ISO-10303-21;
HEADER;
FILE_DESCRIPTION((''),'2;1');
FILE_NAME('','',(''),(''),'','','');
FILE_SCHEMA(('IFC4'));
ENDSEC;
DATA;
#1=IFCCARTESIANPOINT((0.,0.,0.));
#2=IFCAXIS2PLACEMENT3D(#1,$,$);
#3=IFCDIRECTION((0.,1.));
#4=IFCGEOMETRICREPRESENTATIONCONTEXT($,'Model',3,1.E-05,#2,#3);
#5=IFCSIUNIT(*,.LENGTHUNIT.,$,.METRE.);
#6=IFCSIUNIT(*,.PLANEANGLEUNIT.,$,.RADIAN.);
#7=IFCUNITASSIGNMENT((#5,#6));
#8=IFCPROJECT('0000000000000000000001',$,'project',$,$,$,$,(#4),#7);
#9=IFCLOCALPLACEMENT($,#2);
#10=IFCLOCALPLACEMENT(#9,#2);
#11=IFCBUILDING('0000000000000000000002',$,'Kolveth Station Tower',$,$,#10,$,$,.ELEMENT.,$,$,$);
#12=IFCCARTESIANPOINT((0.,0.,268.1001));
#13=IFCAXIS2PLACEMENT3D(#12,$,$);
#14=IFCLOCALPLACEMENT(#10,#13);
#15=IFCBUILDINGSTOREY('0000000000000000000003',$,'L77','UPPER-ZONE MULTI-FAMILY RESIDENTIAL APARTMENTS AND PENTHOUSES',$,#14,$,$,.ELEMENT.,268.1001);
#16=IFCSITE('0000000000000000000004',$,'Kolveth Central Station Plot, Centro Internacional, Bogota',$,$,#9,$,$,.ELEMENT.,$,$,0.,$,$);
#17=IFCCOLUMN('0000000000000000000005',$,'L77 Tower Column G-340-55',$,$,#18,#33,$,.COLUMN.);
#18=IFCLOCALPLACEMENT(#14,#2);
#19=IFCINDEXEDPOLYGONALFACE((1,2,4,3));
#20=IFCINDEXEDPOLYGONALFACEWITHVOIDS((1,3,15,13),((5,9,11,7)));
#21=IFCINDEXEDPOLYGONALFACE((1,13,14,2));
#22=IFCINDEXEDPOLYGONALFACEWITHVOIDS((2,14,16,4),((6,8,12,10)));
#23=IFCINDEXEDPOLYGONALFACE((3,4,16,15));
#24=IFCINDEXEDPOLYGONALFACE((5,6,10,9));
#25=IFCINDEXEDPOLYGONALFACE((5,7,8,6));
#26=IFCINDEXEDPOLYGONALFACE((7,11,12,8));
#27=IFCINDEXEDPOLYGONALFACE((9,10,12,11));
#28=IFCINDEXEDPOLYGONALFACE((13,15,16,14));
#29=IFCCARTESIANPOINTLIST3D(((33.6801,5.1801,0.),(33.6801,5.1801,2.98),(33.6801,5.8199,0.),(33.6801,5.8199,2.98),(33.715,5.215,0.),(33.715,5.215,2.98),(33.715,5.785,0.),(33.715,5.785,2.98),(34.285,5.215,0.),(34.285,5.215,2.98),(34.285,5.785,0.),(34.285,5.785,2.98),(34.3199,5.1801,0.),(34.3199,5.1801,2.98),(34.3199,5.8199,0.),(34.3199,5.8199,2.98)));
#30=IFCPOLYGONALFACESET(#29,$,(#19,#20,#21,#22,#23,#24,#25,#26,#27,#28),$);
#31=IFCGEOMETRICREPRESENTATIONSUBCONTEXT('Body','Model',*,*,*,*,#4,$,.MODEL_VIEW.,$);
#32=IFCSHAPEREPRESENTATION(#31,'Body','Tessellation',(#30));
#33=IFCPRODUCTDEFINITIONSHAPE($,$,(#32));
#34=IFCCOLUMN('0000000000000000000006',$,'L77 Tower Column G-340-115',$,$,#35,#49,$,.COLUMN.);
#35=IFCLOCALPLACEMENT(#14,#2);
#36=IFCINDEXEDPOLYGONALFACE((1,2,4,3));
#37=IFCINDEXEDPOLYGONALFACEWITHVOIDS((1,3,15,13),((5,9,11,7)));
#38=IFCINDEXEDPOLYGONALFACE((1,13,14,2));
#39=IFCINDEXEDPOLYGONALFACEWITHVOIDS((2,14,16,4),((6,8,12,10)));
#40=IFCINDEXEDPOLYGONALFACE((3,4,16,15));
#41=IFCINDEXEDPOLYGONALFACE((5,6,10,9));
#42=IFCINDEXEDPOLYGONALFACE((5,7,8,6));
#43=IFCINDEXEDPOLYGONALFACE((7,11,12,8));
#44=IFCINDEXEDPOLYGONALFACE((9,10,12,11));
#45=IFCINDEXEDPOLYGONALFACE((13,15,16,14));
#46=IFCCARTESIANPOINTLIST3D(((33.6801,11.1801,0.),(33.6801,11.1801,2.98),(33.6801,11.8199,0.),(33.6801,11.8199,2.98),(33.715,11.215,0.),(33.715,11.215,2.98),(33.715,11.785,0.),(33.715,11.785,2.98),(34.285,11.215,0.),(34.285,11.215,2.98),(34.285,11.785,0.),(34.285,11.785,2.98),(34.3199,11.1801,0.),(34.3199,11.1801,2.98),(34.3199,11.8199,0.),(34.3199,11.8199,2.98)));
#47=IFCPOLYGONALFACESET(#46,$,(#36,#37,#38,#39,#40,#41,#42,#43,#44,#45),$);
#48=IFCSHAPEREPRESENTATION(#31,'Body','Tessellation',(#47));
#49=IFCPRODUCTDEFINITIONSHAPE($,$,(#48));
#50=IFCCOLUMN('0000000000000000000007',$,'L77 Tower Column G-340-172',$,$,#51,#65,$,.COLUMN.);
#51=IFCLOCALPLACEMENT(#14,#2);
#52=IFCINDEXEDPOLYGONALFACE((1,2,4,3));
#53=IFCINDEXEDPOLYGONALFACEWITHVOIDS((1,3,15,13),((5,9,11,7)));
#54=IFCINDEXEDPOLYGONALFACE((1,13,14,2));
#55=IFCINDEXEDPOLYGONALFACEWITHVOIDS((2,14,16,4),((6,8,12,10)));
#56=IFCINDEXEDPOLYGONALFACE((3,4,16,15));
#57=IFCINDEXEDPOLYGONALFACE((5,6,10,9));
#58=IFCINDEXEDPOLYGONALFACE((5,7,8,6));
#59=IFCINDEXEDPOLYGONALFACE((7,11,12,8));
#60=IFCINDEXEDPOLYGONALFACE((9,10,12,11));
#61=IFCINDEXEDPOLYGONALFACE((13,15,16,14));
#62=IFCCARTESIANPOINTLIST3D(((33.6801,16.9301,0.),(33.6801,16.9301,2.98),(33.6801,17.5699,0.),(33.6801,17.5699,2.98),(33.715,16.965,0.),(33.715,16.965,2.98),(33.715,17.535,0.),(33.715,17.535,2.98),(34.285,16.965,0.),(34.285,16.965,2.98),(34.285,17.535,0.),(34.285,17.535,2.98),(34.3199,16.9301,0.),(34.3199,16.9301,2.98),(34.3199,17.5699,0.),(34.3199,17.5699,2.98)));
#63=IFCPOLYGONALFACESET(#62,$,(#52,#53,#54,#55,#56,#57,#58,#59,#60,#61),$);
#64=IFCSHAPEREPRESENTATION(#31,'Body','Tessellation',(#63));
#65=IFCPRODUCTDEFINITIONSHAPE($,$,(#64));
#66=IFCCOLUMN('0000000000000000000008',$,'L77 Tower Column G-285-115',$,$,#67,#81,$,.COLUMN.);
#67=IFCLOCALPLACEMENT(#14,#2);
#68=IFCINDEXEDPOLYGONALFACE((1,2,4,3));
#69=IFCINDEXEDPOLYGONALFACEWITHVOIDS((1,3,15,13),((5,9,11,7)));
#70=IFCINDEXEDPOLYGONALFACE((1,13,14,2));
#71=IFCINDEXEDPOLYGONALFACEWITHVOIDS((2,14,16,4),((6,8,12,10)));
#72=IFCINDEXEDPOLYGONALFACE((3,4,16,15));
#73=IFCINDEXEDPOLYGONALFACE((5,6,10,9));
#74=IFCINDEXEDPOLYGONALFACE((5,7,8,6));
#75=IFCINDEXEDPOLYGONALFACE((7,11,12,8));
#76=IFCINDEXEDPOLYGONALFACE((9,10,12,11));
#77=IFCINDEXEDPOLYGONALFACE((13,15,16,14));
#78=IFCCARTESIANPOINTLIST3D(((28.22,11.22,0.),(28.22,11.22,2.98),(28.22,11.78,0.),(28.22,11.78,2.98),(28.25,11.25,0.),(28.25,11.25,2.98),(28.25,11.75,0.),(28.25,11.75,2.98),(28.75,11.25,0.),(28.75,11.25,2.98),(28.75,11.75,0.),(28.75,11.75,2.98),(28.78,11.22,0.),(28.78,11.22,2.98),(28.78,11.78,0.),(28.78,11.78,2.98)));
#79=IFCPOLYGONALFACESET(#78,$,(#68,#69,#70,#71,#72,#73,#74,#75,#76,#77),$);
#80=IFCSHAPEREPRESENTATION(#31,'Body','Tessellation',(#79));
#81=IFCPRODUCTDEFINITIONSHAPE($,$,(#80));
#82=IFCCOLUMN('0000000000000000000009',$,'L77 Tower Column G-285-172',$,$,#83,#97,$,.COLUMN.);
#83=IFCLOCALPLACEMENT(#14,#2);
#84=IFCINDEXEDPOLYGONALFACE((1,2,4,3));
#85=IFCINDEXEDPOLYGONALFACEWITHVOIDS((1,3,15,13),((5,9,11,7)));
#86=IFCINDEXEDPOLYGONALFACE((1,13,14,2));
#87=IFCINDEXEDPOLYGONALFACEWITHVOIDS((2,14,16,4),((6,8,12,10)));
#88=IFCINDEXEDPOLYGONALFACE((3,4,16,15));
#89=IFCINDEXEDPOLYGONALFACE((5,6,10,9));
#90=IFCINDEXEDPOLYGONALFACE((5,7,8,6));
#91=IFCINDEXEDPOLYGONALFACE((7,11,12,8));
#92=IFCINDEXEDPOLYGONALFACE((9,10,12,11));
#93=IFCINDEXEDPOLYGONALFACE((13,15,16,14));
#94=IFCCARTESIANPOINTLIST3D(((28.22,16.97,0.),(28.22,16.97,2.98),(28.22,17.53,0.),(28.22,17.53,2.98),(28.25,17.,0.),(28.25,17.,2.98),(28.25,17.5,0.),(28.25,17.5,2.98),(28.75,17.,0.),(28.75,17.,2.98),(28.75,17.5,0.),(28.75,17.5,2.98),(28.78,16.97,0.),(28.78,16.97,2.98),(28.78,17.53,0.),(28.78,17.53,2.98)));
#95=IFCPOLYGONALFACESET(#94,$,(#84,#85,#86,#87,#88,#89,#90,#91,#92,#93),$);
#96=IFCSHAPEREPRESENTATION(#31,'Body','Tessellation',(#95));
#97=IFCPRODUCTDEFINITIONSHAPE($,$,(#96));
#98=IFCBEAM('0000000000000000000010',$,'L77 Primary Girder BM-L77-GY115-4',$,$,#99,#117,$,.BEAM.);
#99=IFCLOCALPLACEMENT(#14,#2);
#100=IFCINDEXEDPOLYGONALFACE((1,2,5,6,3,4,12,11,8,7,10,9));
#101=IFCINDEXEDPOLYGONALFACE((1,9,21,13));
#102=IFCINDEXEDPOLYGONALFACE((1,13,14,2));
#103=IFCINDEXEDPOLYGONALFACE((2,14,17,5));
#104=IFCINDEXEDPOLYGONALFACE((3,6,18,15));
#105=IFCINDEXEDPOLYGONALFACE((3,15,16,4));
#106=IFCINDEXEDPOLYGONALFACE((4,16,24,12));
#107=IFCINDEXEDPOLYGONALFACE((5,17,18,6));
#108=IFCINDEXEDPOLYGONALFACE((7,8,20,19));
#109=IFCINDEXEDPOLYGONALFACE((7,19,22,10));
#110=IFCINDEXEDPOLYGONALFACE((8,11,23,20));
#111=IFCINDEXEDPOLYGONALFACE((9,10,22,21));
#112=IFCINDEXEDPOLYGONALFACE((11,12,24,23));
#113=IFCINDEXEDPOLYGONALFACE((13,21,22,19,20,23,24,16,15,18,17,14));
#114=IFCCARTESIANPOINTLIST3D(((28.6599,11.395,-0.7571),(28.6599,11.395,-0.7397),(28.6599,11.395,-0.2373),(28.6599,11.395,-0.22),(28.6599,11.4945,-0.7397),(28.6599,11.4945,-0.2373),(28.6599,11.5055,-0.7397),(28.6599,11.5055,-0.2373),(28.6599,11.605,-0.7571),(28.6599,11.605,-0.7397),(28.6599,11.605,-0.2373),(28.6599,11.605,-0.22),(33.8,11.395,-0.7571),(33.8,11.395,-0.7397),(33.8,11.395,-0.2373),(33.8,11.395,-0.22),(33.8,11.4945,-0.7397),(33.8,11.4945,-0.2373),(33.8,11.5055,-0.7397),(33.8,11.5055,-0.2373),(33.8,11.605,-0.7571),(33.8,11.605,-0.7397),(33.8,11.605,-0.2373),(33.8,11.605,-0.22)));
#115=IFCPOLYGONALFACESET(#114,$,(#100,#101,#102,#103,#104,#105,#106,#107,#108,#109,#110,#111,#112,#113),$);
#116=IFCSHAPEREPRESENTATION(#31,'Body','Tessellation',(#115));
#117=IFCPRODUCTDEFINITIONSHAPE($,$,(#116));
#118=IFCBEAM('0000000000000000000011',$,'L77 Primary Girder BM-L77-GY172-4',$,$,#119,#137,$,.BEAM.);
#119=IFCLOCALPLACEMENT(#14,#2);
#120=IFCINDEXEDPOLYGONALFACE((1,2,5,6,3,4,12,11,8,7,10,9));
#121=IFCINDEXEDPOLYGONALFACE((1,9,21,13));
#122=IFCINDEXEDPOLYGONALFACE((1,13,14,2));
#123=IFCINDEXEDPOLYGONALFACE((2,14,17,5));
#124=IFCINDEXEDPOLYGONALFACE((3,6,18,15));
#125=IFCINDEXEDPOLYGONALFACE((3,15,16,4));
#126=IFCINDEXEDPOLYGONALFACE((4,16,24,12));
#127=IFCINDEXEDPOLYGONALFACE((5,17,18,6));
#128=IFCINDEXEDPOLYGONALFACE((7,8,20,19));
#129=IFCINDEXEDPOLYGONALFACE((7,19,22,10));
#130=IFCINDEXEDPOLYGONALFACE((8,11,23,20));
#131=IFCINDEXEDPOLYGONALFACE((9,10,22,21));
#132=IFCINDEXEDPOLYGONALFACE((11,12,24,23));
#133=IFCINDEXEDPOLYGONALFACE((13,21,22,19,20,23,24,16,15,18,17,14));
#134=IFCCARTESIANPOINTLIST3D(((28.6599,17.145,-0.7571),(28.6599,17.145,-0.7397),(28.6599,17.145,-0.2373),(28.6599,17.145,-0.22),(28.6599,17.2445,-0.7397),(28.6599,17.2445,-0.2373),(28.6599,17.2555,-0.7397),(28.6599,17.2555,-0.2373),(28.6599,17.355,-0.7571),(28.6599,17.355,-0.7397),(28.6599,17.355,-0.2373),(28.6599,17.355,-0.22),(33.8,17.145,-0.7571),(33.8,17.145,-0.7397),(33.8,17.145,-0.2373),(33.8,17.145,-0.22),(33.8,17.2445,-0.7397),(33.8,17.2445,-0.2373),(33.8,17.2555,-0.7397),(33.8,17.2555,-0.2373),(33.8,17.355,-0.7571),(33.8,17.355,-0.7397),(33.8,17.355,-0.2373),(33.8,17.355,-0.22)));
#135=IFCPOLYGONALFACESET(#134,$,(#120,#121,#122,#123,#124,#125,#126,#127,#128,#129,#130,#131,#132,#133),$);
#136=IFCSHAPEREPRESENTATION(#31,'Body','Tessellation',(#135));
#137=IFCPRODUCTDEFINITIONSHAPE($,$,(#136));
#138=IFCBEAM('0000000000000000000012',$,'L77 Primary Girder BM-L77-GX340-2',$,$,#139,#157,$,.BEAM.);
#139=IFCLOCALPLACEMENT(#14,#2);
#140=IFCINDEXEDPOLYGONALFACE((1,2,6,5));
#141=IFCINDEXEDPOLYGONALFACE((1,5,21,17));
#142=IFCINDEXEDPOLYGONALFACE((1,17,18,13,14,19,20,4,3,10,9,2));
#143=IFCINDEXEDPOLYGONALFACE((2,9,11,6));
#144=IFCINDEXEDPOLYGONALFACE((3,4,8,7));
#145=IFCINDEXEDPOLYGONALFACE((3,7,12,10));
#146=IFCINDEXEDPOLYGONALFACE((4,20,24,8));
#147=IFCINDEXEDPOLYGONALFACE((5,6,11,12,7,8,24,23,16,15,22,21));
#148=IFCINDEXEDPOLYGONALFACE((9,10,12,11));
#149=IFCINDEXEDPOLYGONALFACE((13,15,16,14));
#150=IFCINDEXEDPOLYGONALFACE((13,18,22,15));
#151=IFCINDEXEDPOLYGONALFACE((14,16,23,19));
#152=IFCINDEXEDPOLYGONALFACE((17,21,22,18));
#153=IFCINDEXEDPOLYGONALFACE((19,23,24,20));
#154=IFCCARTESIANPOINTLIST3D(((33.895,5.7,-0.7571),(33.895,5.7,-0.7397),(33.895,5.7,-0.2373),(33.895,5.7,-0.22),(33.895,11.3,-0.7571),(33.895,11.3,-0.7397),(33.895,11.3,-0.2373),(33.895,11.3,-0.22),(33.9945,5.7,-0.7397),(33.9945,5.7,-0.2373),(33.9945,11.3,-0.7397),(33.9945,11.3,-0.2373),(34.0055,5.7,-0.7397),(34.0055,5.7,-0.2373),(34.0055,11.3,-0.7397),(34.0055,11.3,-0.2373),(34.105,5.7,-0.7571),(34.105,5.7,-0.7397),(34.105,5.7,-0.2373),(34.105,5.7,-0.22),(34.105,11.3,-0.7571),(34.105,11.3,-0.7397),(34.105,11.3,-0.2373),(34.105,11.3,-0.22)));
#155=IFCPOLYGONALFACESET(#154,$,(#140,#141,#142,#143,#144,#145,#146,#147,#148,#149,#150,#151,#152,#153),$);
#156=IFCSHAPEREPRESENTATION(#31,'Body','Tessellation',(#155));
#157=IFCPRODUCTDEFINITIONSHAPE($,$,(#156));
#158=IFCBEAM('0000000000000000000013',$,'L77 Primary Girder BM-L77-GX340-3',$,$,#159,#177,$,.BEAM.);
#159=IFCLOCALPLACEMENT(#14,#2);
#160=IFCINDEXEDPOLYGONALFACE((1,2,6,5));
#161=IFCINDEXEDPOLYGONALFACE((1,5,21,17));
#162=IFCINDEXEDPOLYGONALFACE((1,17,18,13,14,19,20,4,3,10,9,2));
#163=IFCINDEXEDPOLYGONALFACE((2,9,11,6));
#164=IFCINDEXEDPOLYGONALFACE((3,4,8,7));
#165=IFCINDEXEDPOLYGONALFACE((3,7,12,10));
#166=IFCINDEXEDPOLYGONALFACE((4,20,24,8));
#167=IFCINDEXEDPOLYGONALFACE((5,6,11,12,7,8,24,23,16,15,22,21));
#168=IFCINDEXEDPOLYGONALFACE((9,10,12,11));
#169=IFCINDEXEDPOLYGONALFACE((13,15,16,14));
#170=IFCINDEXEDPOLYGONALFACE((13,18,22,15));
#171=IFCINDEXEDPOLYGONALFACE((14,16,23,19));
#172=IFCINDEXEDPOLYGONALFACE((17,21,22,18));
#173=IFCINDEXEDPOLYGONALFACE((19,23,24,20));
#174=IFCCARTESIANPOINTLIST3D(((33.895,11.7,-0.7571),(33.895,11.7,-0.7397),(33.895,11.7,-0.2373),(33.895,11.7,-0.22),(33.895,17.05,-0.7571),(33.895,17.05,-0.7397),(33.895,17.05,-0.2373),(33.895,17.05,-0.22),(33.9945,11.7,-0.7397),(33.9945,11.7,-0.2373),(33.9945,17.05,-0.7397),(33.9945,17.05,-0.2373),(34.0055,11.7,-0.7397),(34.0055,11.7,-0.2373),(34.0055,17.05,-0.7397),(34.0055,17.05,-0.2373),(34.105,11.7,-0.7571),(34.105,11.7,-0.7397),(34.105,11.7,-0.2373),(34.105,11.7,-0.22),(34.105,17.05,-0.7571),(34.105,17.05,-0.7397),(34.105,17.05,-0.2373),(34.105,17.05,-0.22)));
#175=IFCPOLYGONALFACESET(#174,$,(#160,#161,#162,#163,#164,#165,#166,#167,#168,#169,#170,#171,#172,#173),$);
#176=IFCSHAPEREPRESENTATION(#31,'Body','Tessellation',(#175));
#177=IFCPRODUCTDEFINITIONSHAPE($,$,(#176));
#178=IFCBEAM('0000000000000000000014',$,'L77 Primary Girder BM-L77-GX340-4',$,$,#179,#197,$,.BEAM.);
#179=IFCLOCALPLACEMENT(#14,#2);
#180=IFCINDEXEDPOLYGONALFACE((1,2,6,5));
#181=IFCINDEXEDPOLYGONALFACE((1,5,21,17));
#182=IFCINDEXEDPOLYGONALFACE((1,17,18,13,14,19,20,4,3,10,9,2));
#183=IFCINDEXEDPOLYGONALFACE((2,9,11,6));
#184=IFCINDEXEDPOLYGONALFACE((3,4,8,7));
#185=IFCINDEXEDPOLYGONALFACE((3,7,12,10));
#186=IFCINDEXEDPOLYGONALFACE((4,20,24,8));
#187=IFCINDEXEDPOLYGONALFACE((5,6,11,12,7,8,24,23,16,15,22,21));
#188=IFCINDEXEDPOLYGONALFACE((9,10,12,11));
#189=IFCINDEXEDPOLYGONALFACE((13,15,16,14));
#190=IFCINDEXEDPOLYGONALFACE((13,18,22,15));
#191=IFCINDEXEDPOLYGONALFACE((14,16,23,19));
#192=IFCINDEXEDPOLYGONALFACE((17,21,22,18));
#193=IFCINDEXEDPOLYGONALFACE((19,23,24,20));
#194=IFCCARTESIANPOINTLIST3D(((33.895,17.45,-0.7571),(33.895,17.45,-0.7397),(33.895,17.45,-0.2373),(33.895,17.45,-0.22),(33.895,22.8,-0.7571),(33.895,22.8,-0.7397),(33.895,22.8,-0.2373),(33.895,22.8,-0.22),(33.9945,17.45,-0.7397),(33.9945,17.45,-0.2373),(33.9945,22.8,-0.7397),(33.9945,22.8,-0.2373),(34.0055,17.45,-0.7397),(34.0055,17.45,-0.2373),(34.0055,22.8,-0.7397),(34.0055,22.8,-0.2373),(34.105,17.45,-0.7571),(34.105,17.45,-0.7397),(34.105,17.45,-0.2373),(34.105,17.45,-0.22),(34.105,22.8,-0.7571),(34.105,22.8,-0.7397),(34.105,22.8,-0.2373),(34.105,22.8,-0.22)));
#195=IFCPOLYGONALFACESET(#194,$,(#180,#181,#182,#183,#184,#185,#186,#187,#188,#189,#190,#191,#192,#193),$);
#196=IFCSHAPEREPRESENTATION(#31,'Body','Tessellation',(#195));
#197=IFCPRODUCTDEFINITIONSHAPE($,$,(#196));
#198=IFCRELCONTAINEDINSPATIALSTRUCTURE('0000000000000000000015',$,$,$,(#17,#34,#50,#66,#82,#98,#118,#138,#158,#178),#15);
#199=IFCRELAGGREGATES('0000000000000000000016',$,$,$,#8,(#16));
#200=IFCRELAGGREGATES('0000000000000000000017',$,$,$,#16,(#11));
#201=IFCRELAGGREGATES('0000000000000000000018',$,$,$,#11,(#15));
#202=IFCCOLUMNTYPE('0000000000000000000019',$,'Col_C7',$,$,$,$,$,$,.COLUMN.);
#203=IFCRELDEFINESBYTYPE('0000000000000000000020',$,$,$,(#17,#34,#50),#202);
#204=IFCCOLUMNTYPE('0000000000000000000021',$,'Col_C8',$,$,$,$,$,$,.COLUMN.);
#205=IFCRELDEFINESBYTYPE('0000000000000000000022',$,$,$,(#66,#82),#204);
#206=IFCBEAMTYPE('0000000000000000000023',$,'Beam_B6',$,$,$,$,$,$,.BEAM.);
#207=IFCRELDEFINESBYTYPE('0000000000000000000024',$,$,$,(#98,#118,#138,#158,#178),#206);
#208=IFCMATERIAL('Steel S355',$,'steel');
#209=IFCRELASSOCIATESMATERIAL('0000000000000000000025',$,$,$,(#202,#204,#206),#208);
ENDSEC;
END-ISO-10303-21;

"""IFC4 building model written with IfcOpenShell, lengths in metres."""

from ifc_helpers import new_model, si_unit, direction, frame, origin, origin_2d, place, context, subcontext, project, spatial, hollow_rectangle, i_section, extrude, source, transform, mapped, material, material_profile, profile_set, type_object, element, save


model = new_model("IFC4")

# Units and contexts
model_context = context("Model", 3, precision=1e-05, world=origin(), true_north=direction((0.0, 1.0)))
body_context = subcontext(model_context, "Body", "Model", "MODEL_VIEW")
ifc_project = project(units=[si_unit("LENGTHUNIT", "METRE"), si_unit("PLANEANGLEUNIT", "RADIAN")], contexts=[model_context])

# Site, building, storey
site_placement = place(None, origin())
site = spatial("IfcSite", under=ifc_project, at=site_placement, Name="Kolveth Central Station Plot, Centro Internacional, Bogota", CompositionType="ELEMENT", RefElevation=0.0)
building_placement = place(site_placement, origin())
building = spatial("IfcBuilding", under=site, at=building_placement, Name="Kolveth Station Tower", CompositionType="ELEMENT")
storey_placement = place(building_placement, frame((0.0, 0.0, 268.1001)))
storey = spatial("IfcBuildingStorey", under=building, at=storey_placement, Name="L77", Description="UPPER-ZONE MULTI-FAMILY RESIDENTIAL APARTMENTS AND PENTHOUSES", CompositionType="ELEMENT", Elevation=268.1001)

# Columns
ifc_material_1 = material(Name="Steel S355", Category="steel")
ifc_material_profile_1 = material_profile(ifc_material_1, hollow_rectangle(XDim=0.6399, YDim=0.6399, WallThickness=0.0349, at=origin_2d()), Name="BOX640x640x35")
ifc_profile_set_1 = profile_set([ifc_material_profile_1], Name="Steel S355")
column_type_1 = type_object("IfcColumnType", Name="Col_C7", PredefinedType="COLUMN", material=ifc_profile_set_1)
shared_shape_1 = source(origin(), body_context, "Body", "SweptSolid", [
    extrude(hollow_rectangle(XDim=0.6399, YDim=0.6399, WallThickness=0.0349, at=origin_2d()), origin(), (0.0, 0.0, 1.0), 2.98),
])
for number, where, z_axis, x_axis, name in (
    (1, (34.0, 5.5, 0.0), (0.0, 0.0, 1.0), (1.0, 0.0, 0.0), "L77 Tower Column G-340-55"),
    (2, (34.0, 11.5, 0.0), (0.0, 0.0, 1.0), (1.0, 0.0, 0.0), "L77 Tower Column G-340-115"),
    (3, (34.0, 17.25, 0.0), (0.0, 0.0, 1.0), (1.0, 0.0, 0.0), "L77 Tower Column G-340-172"),
):
    element("IfcColumn", number, at=place(storey_placement, frame(where, z_axis=z_axis, x_axis=x_axis)), inside=storey, type_object=column_type_1, Name=name, PredefinedType="COLUMN", context=body_context, shape_type="MappedRepresentation", body=[
        mapped(shared_shape_1, transform((0.0, 0.0, 0.0), x_axis=(1.0, 0.0, 0.0), y_axis=(0.0, 1.0, 0.0), z_axis=(0.0, 0.0, 1.0), scale=1.0)),
    ])
ifc_material_profile_2 = material_profile(ifc_material_1, hollow_rectangle(XDim=0.5601, YDim=0.5601, WallThickness=0.03, at=origin_2d()), Name="BOX560x560x30")
ifc_profile_set_2 = profile_set([ifc_material_profile_2], Name="Steel S355")
column_type_2 = type_object("IfcColumnType", Name="Col_C8", PredefinedType="COLUMN", material=ifc_profile_set_2)
shared_shape_2 = source(origin(), body_context, "Body", "SweptSolid", [
    extrude(hollow_rectangle(XDim=0.5601, YDim=0.5601, WallThickness=0.03, at=origin_2d()), origin(), (0.0, 0.0, 1.0), 2.98),
])
for number, where, z_axis, x_axis, name in (
    (4, (28.5, 11.5, 0.0), (0.0, 0.0, 1.0), (1.0, 0.0, 0.0), "L77 Tower Column G-285-115"),
    (5, (28.5, 17.25, 0.0), (0.0, 0.0, 1.0), (1.0, 0.0, 0.0), "L77 Tower Column G-285-172"),
):
    element("IfcColumn", number, at=place(storey_placement, frame(where, z_axis=z_axis, x_axis=x_axis)), inside=storey, type_object=column_type_2, Name=name, PredefinedType="COLUMN", context=body_context, shape_type="MappedRepresentation", body=[
        mapped(shared_shape_2, transform((0.0, 0.0, 0.0), x_axis=(1.0, 0.0, 0.0), y_axis=(0.0, 1.0, 0.0), z_axis=(0.0, 0.0, 1.0), scale=1.0)),
    ])

# Beams
ifc_material_profile_3 = material_profile(ifc_material_1, i_section(OverallWidth=0.21, OverallDepth=0.5371, WebThickness=0.011, FlangeThickness=0.0173, at=origin_2d()), Name="W530x101")
ifc_profile_set_3 = profile_set([ifc_material_profile_3], Name="Steel S355")
beam_type_1 = type_object("IfcBeamType", Name="Beam_B6", PredefinedType="BEAM", material=ifc_profile_set_3)
shared_shape_3 = source(origin(), body_context, "Body", "SweptSolid", [
    extrude(i_section(OverallWidth=0.21, OverallDepth=0.5371, WebThickness=0.011, FlangeThickness=0.0173, at=origin_2d()), origin(), (0.0, 0.0, 1.0), 5.1401),
])
for number, where, z_axis, x_axis, name in (
    (6, (28.6599, 11.5, -0.4885), (1.0, 0.0, 0.0), (0.0, 1.0, 0.0), "L77 Primary Girder BM-L77-GY115-4"),
    (7, (28.6599, 17.25, -0.4885), (1.0, 0.0, 0.0), (0.0, 1.0, 0.0), "L77 Primary Girder BM-L77-GY172-4"),
):
    element("IfcBeam", number, at=place(storey_placement, frame(where, z_axis=z_axis, x_axis=x_axis)), inside=storey, type_object=beam_type_1, Name=name, PredefinedType="BEAM", context=body_context, shape_type="MappedRepresentation", body=[
        mapped(shared_shape_3, transform((0.0, 0.0, 0.0), x_axis=(1.0, 0.0, 0.0), y_axis=(0.0, 1.0, 0.0), z_axis=(0.0, 0.0, 1.0), scale=1.0)),
    ])
shared_shape_4 = source(origin(), body_context, "Body", "SweptSolid", [
    extrude(i_section(OverallWidth=0.21, OverallDepth=0.5371, WebThickness=0.011, FlangeThickness=0.0173, at=origin_2d()), origin(), (0.0, 0.0, 1.0), 5.6001),
])
beam_1_placement = place(storey_placement, frame((34.0, 5.7, -0.4885), z_axis=(0.0, 1.0, 0.0), x_axis=(-1.0, 0.0, 0.0)))
element("IfcBeam", 8, at=beam_1_placement, inside=storey, type_object=beam_type_1, Name="L77 Primary Girder BM-L77-GX340-2", PredefinedType="BEAM", context=body_context, shape_type="MappedRepresentation", body=[
    mapped(shared_shape_4, transform((0.0, 0.0, 0.0), x_axis=(1.0, 0.0, 0.0), y_axis=(0.0, 1.0, 0.0), z_axis=(0.0, 0.0, 1.0), scale=1.0)),
])
shared_shape_5 = source(origin(), body_context, "Body", "SweptSolid", [
    extrude(i_section(OverallWidth=0.21, OverallDepth=0.5371, WebThickness=0.011, FlangeThickness=0.0173, at=origin_2d()), origin(), (0.0, 0.0, 1.0), 5.3501),
])
for number, where, z_axis, x_axis, name in (
    (9, (34.0, 11.7, -0.4885), (0.0, 1.0, 0.0), (-1.0, 0.0, 0.0), "L77 Primary Girder BM-L77-GX340-3"),
    (10, (34.0, 17.45, -0.4885), (0.0, 1.0, 0.0), (-1.0, 0.0, 0.0), "L77 Primary Girder BM-L77-GX340-4"),
):
    element("IfcBeam", number, at=place(storey_placement, frame(where, z_axis=z_axis, x_axis=x_axis)), inside=storey, type_object=beam_type_1, Name=name, PredefinedType="BEAM", context=body_context, shape_type="MappedRepresentation", body=[
        mapped(shared_shape_5, transform((0.0, 0.0, 0.0), x_axis=(1.0, 0.0, 0.0), y_axis=(0.0, 1.0, 0.0), z_axis=(0.0, 0.0, 1.0), scale=1.0)),
    ])

save(model, "model.ifc")
